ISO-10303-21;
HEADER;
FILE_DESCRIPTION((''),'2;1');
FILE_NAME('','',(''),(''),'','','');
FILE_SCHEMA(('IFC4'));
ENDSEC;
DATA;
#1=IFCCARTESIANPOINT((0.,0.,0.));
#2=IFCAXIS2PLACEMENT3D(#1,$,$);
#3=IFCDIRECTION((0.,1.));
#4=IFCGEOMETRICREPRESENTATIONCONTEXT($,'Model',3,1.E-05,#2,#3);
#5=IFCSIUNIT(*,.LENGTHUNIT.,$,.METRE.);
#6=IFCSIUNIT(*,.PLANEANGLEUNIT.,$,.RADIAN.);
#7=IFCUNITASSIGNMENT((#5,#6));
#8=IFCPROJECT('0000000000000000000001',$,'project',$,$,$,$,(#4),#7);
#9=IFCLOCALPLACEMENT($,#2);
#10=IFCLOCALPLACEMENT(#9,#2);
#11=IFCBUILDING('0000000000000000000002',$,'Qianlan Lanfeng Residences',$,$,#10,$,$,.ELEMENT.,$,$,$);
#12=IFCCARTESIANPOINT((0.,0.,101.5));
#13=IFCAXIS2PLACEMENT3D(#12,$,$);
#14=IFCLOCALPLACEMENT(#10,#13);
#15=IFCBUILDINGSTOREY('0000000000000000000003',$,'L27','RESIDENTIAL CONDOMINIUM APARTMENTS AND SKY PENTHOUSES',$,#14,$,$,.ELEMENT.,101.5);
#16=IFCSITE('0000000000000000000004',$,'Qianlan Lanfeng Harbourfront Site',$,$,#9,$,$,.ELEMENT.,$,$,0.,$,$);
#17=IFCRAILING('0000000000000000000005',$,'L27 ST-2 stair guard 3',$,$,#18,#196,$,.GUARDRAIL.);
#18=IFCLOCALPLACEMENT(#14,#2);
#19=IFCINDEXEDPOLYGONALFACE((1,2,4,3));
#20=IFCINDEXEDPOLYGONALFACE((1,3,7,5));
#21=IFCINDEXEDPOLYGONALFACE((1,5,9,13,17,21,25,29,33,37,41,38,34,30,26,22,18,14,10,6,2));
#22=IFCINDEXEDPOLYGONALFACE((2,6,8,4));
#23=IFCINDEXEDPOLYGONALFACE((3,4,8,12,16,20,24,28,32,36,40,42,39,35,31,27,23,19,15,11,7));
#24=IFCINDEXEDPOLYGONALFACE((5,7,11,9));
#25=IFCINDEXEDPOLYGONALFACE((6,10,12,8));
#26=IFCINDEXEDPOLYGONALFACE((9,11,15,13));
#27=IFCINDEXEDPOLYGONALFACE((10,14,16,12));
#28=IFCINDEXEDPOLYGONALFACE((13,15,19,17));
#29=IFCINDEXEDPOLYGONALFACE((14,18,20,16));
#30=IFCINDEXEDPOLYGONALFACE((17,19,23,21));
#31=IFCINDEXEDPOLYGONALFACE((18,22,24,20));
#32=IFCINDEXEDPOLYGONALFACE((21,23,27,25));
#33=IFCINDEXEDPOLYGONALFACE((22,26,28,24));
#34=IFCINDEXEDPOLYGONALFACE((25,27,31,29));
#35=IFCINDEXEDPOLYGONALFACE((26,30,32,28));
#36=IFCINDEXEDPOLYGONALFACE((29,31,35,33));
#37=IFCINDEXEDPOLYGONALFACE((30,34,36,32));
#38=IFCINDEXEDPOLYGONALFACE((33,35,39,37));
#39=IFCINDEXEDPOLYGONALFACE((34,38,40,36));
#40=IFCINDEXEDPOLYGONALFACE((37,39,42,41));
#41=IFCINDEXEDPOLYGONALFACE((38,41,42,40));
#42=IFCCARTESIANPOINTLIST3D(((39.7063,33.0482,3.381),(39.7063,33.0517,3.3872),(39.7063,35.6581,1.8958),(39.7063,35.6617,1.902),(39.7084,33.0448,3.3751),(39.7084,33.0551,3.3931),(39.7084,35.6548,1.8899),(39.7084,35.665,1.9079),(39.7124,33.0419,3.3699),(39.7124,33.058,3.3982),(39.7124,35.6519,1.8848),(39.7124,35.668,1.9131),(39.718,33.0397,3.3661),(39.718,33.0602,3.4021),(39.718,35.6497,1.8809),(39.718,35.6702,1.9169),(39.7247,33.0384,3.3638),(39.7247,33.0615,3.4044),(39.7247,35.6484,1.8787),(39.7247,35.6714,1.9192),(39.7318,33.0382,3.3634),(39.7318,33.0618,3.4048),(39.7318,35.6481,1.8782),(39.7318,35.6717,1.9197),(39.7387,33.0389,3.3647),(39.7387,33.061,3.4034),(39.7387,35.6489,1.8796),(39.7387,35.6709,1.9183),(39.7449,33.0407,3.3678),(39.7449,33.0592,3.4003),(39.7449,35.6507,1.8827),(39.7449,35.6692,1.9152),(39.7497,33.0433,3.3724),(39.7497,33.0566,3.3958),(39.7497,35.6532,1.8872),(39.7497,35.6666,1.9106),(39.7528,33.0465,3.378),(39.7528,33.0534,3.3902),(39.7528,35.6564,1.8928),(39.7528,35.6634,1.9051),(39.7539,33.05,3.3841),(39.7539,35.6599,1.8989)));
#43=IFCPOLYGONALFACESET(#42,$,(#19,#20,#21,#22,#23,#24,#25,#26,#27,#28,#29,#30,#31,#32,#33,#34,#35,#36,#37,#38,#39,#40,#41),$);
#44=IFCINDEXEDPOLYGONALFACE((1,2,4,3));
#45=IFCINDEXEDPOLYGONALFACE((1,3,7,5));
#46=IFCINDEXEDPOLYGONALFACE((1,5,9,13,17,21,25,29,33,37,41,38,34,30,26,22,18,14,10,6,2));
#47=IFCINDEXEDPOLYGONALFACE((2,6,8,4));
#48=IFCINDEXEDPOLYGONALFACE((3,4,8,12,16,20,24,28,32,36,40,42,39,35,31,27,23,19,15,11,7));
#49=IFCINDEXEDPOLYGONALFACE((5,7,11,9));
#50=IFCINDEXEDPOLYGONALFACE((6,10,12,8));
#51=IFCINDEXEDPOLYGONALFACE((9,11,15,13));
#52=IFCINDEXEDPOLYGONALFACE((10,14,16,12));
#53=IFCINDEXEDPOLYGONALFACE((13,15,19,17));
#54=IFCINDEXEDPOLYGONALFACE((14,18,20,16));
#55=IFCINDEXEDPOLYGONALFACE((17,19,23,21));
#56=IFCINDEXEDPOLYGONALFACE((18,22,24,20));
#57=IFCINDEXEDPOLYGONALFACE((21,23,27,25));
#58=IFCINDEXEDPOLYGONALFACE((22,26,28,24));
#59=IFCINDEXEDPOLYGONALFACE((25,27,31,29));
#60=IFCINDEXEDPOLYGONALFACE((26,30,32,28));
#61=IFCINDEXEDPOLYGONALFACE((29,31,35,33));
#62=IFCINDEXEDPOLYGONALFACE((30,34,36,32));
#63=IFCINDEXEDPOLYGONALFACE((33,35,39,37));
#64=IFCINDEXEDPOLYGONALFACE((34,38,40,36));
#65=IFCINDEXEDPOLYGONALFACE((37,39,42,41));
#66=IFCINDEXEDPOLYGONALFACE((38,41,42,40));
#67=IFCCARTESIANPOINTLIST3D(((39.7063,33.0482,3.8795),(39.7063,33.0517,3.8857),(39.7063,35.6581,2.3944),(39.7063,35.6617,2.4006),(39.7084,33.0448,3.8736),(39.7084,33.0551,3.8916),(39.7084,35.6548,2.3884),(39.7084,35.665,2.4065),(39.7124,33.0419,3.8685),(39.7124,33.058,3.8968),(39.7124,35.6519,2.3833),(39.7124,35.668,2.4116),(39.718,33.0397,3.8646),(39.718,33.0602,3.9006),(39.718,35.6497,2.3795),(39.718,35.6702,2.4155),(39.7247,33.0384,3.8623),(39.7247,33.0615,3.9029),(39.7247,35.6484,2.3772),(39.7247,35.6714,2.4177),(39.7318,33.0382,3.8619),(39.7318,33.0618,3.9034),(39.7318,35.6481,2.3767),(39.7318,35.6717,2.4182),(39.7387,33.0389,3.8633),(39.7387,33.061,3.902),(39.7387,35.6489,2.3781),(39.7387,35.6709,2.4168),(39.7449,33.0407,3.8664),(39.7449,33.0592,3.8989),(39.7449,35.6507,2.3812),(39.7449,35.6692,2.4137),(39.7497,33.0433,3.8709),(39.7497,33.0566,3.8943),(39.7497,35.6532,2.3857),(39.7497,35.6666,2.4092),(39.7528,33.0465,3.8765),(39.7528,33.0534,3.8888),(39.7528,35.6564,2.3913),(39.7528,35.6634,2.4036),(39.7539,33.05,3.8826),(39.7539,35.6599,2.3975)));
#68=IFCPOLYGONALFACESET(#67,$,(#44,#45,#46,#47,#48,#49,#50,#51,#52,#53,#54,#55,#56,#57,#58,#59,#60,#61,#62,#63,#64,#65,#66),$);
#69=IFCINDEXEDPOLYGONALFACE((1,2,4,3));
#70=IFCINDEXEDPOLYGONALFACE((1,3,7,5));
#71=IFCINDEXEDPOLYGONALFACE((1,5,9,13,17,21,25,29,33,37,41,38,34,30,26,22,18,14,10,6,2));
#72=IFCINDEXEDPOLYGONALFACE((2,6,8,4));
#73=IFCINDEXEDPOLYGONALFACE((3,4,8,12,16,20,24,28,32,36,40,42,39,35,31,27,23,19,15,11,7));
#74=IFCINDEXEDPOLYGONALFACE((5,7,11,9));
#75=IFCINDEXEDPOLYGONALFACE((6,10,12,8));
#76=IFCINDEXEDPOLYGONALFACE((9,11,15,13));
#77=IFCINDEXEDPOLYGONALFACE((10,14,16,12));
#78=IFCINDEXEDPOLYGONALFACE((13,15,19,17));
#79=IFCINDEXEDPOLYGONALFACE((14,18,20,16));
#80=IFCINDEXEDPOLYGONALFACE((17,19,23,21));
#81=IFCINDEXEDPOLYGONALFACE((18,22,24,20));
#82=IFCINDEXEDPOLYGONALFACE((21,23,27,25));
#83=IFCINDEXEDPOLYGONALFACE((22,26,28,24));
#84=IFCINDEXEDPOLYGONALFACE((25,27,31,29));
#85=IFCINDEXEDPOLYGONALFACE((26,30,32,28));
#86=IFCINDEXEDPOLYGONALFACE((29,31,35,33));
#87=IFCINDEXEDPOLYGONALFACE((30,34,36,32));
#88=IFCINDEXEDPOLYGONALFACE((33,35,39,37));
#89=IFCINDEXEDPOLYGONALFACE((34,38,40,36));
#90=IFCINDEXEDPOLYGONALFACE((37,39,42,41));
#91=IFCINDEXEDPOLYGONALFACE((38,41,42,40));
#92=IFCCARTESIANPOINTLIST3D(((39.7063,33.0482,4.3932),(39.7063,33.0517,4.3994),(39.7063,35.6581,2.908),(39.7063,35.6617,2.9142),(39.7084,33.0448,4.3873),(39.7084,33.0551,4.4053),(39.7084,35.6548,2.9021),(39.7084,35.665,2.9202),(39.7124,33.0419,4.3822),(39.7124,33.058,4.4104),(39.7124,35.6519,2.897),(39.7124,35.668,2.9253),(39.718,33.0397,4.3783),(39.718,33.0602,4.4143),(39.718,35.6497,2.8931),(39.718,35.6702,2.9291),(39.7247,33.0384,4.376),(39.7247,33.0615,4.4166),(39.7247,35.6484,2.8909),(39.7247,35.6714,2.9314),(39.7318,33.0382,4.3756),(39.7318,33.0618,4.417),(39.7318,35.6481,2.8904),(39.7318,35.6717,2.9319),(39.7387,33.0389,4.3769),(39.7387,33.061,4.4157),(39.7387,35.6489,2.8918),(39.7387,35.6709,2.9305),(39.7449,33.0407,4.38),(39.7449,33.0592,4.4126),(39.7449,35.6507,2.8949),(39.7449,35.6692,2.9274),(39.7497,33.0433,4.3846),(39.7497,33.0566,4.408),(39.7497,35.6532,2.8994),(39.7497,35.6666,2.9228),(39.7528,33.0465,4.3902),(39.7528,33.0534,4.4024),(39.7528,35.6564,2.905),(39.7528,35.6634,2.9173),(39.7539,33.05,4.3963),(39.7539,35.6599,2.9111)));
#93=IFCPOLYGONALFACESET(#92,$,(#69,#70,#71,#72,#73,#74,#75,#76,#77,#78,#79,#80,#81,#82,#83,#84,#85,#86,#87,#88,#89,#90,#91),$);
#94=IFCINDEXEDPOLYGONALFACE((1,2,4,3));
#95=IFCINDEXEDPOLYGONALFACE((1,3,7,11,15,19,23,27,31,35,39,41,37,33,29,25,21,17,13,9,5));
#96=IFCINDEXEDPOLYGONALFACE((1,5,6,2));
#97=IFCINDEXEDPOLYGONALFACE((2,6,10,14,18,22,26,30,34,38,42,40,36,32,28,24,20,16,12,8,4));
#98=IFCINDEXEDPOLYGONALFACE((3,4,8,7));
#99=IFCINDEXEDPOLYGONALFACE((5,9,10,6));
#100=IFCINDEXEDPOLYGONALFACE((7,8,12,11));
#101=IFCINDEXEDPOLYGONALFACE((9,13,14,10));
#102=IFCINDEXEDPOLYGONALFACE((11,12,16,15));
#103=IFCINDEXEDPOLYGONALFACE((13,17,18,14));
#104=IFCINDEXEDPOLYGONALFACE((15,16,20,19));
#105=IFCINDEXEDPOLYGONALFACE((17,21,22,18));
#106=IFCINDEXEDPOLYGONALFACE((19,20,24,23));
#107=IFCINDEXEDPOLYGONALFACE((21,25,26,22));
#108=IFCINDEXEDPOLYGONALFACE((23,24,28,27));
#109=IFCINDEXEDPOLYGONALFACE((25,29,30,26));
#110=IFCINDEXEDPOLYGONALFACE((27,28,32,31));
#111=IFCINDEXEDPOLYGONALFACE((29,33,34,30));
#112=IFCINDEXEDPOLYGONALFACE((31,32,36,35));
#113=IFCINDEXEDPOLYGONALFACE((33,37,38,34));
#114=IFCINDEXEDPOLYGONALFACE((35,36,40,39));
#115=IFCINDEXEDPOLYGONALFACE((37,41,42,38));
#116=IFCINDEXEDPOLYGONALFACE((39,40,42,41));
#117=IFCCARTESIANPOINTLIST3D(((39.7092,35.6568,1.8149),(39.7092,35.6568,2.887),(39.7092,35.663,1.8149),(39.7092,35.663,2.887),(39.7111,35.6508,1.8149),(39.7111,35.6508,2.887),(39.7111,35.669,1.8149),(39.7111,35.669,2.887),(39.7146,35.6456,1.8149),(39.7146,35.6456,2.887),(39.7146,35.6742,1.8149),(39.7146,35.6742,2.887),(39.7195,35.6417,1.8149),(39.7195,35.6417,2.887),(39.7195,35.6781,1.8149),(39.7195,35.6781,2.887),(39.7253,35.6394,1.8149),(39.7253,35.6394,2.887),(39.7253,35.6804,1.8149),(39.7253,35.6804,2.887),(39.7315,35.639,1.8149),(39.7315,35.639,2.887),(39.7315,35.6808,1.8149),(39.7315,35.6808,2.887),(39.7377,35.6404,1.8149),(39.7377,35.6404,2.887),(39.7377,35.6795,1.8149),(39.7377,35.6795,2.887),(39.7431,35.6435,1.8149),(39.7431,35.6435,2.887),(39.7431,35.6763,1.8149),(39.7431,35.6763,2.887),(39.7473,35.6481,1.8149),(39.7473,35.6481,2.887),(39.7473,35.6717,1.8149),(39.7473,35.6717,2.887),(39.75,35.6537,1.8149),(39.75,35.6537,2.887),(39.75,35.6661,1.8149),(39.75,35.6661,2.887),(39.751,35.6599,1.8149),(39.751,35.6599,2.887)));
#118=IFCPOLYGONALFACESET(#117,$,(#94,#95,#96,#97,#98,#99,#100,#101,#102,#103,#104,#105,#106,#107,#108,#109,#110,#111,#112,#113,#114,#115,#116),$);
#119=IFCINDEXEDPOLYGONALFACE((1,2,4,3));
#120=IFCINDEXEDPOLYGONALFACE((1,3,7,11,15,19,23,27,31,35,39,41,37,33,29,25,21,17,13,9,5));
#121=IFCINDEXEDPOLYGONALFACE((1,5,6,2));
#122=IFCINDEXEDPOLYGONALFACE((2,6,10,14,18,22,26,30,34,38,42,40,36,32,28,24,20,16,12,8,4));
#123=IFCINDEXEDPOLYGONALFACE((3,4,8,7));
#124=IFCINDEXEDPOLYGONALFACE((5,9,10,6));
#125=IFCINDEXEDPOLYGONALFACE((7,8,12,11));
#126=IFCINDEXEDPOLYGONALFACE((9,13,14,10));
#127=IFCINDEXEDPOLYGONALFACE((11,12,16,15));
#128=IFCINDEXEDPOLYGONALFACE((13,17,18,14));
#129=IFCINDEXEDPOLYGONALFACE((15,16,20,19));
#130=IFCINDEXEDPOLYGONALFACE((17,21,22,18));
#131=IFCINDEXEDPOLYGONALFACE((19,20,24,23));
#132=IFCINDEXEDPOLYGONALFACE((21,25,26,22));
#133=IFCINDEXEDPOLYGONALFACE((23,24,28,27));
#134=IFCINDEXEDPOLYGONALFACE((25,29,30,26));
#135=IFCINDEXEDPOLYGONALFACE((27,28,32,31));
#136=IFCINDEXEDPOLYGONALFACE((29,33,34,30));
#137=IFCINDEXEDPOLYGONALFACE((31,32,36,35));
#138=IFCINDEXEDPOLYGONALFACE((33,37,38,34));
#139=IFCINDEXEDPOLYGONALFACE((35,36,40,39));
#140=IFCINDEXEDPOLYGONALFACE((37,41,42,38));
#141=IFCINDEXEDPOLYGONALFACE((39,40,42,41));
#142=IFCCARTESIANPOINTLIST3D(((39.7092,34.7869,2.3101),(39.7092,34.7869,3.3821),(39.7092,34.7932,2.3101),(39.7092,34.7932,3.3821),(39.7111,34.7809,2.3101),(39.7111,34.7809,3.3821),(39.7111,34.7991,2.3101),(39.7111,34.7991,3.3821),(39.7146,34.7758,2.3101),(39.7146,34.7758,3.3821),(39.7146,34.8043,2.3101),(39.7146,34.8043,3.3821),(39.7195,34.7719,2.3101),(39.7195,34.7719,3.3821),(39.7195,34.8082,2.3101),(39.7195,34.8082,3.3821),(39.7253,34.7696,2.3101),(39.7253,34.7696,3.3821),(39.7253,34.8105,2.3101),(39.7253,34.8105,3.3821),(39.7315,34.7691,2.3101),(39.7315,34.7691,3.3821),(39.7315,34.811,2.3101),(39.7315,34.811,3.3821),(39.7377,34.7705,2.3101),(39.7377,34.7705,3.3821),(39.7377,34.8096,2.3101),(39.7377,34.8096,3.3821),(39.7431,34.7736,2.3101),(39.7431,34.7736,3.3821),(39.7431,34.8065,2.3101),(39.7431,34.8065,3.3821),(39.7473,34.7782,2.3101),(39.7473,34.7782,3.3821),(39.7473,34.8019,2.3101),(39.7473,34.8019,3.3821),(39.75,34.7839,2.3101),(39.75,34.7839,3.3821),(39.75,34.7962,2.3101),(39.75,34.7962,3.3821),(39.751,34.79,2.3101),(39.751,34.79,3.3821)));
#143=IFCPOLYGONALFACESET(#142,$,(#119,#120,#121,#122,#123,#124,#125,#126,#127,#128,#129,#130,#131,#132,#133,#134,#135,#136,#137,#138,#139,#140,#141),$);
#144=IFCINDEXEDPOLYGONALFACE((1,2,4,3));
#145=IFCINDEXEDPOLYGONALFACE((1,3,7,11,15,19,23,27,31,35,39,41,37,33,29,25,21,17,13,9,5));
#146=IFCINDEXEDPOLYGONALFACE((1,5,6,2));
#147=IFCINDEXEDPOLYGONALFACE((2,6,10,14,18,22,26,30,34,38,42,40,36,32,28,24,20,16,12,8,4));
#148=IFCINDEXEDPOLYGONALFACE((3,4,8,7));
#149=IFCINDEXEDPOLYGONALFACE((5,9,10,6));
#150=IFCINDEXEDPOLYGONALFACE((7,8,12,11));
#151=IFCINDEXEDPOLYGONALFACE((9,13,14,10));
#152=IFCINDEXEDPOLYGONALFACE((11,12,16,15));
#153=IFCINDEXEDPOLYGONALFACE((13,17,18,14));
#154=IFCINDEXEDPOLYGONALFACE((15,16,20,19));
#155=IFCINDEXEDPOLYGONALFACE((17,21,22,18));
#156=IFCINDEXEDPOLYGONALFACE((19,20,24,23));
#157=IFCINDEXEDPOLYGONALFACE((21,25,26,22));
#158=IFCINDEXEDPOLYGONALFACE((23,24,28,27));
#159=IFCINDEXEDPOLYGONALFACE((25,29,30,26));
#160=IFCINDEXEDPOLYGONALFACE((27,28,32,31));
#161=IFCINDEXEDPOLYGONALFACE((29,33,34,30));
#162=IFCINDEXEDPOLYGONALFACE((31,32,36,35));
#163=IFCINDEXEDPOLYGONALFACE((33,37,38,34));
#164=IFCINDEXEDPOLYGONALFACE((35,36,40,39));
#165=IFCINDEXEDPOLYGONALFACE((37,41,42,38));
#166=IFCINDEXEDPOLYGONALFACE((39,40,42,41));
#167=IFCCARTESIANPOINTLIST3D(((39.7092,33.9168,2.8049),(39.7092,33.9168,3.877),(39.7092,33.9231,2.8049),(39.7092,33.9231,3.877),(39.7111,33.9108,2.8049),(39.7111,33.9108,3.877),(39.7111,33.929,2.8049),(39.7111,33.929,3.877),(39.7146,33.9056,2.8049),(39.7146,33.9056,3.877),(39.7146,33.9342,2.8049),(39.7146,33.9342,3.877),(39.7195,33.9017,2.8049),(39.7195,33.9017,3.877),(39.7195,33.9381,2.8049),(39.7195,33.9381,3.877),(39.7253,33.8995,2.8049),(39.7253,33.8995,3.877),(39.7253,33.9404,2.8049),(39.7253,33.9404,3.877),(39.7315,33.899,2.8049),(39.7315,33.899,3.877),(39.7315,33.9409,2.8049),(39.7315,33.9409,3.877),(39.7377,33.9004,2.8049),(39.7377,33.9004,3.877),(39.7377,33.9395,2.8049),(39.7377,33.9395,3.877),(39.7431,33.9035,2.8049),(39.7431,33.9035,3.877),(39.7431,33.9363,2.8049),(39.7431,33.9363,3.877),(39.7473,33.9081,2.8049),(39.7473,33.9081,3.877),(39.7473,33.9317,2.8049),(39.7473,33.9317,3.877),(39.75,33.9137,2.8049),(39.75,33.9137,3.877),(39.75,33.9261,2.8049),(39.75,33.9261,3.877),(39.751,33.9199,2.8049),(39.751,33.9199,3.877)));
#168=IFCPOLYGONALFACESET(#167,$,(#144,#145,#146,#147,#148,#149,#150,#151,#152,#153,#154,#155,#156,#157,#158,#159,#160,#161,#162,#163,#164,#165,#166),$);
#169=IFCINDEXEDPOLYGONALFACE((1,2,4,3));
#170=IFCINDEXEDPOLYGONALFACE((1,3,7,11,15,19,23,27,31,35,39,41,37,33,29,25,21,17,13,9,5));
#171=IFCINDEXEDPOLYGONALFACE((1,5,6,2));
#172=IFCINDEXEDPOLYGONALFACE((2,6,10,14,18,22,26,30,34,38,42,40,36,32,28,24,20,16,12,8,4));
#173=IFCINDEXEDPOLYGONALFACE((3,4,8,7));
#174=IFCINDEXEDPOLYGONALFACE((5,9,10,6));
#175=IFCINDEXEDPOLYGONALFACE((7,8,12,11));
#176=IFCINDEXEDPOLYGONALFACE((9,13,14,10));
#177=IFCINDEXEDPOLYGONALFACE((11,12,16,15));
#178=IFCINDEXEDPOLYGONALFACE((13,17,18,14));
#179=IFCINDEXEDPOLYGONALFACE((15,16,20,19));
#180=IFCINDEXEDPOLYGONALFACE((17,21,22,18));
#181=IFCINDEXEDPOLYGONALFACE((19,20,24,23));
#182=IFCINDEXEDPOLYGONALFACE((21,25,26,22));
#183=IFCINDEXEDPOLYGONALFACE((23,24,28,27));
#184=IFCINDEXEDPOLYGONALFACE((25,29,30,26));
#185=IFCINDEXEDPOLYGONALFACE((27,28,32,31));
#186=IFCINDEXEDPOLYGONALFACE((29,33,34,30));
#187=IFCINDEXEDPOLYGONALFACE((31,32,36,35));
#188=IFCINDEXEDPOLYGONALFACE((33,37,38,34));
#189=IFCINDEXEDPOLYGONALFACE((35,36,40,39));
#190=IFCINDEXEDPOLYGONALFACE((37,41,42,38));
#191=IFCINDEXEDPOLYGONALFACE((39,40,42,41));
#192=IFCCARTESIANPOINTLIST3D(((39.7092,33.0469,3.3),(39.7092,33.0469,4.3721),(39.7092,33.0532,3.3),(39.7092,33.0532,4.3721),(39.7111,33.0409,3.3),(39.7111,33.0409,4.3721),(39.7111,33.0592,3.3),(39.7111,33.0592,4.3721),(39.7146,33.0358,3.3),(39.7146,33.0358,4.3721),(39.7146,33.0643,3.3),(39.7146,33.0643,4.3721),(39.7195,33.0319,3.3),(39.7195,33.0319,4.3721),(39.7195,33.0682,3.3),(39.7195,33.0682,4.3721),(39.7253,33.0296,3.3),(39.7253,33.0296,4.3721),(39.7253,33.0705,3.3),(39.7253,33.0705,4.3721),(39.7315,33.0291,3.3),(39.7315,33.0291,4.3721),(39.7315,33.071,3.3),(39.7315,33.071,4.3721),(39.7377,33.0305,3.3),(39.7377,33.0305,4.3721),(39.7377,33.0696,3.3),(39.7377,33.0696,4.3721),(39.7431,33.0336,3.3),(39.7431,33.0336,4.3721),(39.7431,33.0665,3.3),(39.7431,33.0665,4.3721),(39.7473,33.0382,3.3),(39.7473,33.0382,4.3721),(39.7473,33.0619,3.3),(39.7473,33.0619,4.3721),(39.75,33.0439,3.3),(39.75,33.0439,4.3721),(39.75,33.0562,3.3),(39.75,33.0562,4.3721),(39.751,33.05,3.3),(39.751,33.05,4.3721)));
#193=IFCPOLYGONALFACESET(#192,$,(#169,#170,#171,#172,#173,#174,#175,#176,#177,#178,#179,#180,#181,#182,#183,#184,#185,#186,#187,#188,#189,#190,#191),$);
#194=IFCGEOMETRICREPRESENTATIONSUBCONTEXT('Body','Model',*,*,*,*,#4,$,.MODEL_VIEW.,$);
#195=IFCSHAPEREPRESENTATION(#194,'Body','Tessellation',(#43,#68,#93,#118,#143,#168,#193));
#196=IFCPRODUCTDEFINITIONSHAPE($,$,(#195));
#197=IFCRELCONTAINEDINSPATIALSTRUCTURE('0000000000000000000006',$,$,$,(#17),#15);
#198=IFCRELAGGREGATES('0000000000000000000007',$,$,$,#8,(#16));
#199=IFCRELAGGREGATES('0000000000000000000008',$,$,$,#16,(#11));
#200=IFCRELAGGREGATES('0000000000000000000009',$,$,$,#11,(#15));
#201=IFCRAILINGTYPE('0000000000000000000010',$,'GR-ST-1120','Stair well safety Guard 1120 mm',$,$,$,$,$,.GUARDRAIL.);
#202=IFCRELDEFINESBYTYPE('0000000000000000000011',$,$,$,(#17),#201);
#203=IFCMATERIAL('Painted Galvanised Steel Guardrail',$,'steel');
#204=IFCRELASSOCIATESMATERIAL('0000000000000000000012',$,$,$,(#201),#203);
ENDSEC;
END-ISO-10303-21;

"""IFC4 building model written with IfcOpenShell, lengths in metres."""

from ifc_helpers import new_model, si_unit, direction, frame, origin, origin_2d, place, context, subcontext, project, spatial, circle, extrude, material, type_object, element, save


model = new_model("IFC4")

# Units and contexts
model_context = context("Model", 3, precision=1e-05, world=origin(), true_north=direction((0.0, 1.0)))
body_context = subcontext(model_context, "Body", "Model", "MODEL_VIEW")
ifc_project = project(units=[si_unit("LENGTHUNIT", "METRE"), si_unit("PLANEANGLEUNIT", "RADIAN")], contexts=[model_context])

# Site, building, storey
site_placement = place(None, origin())
site = spatial("IfcSite", under=ifc_project, at=site_placement, Name="Qianlan Lanfeng Harbourfront Site", CompositionType="ELEMENT", RefElevation=0.0)
building_placement = place(site_placement, origin())
building = spatial("IfcBuilding", under=site, at=building_placement, Name="Qianlan Lanfeng Residences", CompositionType="ELEMENT")
storey_placement = place(building_placement, frame((0.0, 0.0, 101.5)))
storey = spatial("IfcBuildingStorey", under=building, at=storey_placement, Name="L27", Description="RESIDENTIAL CONDOMINIUM APARTMENTS AND SKY PENTHOUSES", CompositionType="ELEMENT", Elevation=101.5)

# Railing
ifc_material_1 = material(Name="Painted Galvanised Steel Guardrail", Category="steel")
railing_type_1 = type_object("IfcRailingType", Name="GR-ST-1120", Description="Stair well safety Guard 1120 mm", PredefinedType="GUARDRAIL", material=ifc_material_1)
railing_1_placement = place(storey_placement, frame((39.73, 35.6599, 1.8149)))
element("IfcRailing", 1, at=railing_1_placement, inside=storey, type_object=railing_type_1, Name="L27 ST-2 stair guard 3", PredefinedType="GUARDRAIL", context=body_context, shape_type="SweptSolid", body=[
    extrude(circle(Radius=0.0239, at=origin_2d()), frame((0.0, 0.0, 0.084), z_axis=(0.0, -0.869137, 0.494571), x_axis=(1.0, 0.0, 0.0)), (0.0, 0.0, 1.0), 3.0029),
    extrude(circle(Radius=0.0239, at=origin_2d()), frame((0.0, 0.0, 0.5825), z_axis=(0.0, -0.869137, 0.494571), x_axis=(1.0, 0.0, 0.0)), (0.0, 0.0, 1.0), 3.0029),
    extrude(circle(Radius=0.0239, at=origin_2d()), frame((0.0, 0.0, 1.0962), z_axis=(0.0, -0.869137, 0.494571), x_axis=(1.0, 0.0, 0.0)), (0.0, 0.0, 1.0), 3.0029),
    extrude(circle(Radius=0.021, at=origin_2d()), origin(), (0.0, 0.0, 1.0), 1.072),
    extrude(circle(Radius=0.021, at=origin_2d()), frame((0.0, -0.8699, 0.4951)), (0.0, 0.0, 1.0), 1.072),
    extrude(circle(Radius=0.021, at=origin_2d()), frame((0.0, -1.74, 0.99)), (0.0, 0.0, 1.0), 1.072),
    extrude(circle(Radius=0.021, at=origin_2d()), frame((0.0, -2.6099, 1.4851)), (0.0, 0.0, 1.0), 1.072),
])

save(model, "model.ifc")
